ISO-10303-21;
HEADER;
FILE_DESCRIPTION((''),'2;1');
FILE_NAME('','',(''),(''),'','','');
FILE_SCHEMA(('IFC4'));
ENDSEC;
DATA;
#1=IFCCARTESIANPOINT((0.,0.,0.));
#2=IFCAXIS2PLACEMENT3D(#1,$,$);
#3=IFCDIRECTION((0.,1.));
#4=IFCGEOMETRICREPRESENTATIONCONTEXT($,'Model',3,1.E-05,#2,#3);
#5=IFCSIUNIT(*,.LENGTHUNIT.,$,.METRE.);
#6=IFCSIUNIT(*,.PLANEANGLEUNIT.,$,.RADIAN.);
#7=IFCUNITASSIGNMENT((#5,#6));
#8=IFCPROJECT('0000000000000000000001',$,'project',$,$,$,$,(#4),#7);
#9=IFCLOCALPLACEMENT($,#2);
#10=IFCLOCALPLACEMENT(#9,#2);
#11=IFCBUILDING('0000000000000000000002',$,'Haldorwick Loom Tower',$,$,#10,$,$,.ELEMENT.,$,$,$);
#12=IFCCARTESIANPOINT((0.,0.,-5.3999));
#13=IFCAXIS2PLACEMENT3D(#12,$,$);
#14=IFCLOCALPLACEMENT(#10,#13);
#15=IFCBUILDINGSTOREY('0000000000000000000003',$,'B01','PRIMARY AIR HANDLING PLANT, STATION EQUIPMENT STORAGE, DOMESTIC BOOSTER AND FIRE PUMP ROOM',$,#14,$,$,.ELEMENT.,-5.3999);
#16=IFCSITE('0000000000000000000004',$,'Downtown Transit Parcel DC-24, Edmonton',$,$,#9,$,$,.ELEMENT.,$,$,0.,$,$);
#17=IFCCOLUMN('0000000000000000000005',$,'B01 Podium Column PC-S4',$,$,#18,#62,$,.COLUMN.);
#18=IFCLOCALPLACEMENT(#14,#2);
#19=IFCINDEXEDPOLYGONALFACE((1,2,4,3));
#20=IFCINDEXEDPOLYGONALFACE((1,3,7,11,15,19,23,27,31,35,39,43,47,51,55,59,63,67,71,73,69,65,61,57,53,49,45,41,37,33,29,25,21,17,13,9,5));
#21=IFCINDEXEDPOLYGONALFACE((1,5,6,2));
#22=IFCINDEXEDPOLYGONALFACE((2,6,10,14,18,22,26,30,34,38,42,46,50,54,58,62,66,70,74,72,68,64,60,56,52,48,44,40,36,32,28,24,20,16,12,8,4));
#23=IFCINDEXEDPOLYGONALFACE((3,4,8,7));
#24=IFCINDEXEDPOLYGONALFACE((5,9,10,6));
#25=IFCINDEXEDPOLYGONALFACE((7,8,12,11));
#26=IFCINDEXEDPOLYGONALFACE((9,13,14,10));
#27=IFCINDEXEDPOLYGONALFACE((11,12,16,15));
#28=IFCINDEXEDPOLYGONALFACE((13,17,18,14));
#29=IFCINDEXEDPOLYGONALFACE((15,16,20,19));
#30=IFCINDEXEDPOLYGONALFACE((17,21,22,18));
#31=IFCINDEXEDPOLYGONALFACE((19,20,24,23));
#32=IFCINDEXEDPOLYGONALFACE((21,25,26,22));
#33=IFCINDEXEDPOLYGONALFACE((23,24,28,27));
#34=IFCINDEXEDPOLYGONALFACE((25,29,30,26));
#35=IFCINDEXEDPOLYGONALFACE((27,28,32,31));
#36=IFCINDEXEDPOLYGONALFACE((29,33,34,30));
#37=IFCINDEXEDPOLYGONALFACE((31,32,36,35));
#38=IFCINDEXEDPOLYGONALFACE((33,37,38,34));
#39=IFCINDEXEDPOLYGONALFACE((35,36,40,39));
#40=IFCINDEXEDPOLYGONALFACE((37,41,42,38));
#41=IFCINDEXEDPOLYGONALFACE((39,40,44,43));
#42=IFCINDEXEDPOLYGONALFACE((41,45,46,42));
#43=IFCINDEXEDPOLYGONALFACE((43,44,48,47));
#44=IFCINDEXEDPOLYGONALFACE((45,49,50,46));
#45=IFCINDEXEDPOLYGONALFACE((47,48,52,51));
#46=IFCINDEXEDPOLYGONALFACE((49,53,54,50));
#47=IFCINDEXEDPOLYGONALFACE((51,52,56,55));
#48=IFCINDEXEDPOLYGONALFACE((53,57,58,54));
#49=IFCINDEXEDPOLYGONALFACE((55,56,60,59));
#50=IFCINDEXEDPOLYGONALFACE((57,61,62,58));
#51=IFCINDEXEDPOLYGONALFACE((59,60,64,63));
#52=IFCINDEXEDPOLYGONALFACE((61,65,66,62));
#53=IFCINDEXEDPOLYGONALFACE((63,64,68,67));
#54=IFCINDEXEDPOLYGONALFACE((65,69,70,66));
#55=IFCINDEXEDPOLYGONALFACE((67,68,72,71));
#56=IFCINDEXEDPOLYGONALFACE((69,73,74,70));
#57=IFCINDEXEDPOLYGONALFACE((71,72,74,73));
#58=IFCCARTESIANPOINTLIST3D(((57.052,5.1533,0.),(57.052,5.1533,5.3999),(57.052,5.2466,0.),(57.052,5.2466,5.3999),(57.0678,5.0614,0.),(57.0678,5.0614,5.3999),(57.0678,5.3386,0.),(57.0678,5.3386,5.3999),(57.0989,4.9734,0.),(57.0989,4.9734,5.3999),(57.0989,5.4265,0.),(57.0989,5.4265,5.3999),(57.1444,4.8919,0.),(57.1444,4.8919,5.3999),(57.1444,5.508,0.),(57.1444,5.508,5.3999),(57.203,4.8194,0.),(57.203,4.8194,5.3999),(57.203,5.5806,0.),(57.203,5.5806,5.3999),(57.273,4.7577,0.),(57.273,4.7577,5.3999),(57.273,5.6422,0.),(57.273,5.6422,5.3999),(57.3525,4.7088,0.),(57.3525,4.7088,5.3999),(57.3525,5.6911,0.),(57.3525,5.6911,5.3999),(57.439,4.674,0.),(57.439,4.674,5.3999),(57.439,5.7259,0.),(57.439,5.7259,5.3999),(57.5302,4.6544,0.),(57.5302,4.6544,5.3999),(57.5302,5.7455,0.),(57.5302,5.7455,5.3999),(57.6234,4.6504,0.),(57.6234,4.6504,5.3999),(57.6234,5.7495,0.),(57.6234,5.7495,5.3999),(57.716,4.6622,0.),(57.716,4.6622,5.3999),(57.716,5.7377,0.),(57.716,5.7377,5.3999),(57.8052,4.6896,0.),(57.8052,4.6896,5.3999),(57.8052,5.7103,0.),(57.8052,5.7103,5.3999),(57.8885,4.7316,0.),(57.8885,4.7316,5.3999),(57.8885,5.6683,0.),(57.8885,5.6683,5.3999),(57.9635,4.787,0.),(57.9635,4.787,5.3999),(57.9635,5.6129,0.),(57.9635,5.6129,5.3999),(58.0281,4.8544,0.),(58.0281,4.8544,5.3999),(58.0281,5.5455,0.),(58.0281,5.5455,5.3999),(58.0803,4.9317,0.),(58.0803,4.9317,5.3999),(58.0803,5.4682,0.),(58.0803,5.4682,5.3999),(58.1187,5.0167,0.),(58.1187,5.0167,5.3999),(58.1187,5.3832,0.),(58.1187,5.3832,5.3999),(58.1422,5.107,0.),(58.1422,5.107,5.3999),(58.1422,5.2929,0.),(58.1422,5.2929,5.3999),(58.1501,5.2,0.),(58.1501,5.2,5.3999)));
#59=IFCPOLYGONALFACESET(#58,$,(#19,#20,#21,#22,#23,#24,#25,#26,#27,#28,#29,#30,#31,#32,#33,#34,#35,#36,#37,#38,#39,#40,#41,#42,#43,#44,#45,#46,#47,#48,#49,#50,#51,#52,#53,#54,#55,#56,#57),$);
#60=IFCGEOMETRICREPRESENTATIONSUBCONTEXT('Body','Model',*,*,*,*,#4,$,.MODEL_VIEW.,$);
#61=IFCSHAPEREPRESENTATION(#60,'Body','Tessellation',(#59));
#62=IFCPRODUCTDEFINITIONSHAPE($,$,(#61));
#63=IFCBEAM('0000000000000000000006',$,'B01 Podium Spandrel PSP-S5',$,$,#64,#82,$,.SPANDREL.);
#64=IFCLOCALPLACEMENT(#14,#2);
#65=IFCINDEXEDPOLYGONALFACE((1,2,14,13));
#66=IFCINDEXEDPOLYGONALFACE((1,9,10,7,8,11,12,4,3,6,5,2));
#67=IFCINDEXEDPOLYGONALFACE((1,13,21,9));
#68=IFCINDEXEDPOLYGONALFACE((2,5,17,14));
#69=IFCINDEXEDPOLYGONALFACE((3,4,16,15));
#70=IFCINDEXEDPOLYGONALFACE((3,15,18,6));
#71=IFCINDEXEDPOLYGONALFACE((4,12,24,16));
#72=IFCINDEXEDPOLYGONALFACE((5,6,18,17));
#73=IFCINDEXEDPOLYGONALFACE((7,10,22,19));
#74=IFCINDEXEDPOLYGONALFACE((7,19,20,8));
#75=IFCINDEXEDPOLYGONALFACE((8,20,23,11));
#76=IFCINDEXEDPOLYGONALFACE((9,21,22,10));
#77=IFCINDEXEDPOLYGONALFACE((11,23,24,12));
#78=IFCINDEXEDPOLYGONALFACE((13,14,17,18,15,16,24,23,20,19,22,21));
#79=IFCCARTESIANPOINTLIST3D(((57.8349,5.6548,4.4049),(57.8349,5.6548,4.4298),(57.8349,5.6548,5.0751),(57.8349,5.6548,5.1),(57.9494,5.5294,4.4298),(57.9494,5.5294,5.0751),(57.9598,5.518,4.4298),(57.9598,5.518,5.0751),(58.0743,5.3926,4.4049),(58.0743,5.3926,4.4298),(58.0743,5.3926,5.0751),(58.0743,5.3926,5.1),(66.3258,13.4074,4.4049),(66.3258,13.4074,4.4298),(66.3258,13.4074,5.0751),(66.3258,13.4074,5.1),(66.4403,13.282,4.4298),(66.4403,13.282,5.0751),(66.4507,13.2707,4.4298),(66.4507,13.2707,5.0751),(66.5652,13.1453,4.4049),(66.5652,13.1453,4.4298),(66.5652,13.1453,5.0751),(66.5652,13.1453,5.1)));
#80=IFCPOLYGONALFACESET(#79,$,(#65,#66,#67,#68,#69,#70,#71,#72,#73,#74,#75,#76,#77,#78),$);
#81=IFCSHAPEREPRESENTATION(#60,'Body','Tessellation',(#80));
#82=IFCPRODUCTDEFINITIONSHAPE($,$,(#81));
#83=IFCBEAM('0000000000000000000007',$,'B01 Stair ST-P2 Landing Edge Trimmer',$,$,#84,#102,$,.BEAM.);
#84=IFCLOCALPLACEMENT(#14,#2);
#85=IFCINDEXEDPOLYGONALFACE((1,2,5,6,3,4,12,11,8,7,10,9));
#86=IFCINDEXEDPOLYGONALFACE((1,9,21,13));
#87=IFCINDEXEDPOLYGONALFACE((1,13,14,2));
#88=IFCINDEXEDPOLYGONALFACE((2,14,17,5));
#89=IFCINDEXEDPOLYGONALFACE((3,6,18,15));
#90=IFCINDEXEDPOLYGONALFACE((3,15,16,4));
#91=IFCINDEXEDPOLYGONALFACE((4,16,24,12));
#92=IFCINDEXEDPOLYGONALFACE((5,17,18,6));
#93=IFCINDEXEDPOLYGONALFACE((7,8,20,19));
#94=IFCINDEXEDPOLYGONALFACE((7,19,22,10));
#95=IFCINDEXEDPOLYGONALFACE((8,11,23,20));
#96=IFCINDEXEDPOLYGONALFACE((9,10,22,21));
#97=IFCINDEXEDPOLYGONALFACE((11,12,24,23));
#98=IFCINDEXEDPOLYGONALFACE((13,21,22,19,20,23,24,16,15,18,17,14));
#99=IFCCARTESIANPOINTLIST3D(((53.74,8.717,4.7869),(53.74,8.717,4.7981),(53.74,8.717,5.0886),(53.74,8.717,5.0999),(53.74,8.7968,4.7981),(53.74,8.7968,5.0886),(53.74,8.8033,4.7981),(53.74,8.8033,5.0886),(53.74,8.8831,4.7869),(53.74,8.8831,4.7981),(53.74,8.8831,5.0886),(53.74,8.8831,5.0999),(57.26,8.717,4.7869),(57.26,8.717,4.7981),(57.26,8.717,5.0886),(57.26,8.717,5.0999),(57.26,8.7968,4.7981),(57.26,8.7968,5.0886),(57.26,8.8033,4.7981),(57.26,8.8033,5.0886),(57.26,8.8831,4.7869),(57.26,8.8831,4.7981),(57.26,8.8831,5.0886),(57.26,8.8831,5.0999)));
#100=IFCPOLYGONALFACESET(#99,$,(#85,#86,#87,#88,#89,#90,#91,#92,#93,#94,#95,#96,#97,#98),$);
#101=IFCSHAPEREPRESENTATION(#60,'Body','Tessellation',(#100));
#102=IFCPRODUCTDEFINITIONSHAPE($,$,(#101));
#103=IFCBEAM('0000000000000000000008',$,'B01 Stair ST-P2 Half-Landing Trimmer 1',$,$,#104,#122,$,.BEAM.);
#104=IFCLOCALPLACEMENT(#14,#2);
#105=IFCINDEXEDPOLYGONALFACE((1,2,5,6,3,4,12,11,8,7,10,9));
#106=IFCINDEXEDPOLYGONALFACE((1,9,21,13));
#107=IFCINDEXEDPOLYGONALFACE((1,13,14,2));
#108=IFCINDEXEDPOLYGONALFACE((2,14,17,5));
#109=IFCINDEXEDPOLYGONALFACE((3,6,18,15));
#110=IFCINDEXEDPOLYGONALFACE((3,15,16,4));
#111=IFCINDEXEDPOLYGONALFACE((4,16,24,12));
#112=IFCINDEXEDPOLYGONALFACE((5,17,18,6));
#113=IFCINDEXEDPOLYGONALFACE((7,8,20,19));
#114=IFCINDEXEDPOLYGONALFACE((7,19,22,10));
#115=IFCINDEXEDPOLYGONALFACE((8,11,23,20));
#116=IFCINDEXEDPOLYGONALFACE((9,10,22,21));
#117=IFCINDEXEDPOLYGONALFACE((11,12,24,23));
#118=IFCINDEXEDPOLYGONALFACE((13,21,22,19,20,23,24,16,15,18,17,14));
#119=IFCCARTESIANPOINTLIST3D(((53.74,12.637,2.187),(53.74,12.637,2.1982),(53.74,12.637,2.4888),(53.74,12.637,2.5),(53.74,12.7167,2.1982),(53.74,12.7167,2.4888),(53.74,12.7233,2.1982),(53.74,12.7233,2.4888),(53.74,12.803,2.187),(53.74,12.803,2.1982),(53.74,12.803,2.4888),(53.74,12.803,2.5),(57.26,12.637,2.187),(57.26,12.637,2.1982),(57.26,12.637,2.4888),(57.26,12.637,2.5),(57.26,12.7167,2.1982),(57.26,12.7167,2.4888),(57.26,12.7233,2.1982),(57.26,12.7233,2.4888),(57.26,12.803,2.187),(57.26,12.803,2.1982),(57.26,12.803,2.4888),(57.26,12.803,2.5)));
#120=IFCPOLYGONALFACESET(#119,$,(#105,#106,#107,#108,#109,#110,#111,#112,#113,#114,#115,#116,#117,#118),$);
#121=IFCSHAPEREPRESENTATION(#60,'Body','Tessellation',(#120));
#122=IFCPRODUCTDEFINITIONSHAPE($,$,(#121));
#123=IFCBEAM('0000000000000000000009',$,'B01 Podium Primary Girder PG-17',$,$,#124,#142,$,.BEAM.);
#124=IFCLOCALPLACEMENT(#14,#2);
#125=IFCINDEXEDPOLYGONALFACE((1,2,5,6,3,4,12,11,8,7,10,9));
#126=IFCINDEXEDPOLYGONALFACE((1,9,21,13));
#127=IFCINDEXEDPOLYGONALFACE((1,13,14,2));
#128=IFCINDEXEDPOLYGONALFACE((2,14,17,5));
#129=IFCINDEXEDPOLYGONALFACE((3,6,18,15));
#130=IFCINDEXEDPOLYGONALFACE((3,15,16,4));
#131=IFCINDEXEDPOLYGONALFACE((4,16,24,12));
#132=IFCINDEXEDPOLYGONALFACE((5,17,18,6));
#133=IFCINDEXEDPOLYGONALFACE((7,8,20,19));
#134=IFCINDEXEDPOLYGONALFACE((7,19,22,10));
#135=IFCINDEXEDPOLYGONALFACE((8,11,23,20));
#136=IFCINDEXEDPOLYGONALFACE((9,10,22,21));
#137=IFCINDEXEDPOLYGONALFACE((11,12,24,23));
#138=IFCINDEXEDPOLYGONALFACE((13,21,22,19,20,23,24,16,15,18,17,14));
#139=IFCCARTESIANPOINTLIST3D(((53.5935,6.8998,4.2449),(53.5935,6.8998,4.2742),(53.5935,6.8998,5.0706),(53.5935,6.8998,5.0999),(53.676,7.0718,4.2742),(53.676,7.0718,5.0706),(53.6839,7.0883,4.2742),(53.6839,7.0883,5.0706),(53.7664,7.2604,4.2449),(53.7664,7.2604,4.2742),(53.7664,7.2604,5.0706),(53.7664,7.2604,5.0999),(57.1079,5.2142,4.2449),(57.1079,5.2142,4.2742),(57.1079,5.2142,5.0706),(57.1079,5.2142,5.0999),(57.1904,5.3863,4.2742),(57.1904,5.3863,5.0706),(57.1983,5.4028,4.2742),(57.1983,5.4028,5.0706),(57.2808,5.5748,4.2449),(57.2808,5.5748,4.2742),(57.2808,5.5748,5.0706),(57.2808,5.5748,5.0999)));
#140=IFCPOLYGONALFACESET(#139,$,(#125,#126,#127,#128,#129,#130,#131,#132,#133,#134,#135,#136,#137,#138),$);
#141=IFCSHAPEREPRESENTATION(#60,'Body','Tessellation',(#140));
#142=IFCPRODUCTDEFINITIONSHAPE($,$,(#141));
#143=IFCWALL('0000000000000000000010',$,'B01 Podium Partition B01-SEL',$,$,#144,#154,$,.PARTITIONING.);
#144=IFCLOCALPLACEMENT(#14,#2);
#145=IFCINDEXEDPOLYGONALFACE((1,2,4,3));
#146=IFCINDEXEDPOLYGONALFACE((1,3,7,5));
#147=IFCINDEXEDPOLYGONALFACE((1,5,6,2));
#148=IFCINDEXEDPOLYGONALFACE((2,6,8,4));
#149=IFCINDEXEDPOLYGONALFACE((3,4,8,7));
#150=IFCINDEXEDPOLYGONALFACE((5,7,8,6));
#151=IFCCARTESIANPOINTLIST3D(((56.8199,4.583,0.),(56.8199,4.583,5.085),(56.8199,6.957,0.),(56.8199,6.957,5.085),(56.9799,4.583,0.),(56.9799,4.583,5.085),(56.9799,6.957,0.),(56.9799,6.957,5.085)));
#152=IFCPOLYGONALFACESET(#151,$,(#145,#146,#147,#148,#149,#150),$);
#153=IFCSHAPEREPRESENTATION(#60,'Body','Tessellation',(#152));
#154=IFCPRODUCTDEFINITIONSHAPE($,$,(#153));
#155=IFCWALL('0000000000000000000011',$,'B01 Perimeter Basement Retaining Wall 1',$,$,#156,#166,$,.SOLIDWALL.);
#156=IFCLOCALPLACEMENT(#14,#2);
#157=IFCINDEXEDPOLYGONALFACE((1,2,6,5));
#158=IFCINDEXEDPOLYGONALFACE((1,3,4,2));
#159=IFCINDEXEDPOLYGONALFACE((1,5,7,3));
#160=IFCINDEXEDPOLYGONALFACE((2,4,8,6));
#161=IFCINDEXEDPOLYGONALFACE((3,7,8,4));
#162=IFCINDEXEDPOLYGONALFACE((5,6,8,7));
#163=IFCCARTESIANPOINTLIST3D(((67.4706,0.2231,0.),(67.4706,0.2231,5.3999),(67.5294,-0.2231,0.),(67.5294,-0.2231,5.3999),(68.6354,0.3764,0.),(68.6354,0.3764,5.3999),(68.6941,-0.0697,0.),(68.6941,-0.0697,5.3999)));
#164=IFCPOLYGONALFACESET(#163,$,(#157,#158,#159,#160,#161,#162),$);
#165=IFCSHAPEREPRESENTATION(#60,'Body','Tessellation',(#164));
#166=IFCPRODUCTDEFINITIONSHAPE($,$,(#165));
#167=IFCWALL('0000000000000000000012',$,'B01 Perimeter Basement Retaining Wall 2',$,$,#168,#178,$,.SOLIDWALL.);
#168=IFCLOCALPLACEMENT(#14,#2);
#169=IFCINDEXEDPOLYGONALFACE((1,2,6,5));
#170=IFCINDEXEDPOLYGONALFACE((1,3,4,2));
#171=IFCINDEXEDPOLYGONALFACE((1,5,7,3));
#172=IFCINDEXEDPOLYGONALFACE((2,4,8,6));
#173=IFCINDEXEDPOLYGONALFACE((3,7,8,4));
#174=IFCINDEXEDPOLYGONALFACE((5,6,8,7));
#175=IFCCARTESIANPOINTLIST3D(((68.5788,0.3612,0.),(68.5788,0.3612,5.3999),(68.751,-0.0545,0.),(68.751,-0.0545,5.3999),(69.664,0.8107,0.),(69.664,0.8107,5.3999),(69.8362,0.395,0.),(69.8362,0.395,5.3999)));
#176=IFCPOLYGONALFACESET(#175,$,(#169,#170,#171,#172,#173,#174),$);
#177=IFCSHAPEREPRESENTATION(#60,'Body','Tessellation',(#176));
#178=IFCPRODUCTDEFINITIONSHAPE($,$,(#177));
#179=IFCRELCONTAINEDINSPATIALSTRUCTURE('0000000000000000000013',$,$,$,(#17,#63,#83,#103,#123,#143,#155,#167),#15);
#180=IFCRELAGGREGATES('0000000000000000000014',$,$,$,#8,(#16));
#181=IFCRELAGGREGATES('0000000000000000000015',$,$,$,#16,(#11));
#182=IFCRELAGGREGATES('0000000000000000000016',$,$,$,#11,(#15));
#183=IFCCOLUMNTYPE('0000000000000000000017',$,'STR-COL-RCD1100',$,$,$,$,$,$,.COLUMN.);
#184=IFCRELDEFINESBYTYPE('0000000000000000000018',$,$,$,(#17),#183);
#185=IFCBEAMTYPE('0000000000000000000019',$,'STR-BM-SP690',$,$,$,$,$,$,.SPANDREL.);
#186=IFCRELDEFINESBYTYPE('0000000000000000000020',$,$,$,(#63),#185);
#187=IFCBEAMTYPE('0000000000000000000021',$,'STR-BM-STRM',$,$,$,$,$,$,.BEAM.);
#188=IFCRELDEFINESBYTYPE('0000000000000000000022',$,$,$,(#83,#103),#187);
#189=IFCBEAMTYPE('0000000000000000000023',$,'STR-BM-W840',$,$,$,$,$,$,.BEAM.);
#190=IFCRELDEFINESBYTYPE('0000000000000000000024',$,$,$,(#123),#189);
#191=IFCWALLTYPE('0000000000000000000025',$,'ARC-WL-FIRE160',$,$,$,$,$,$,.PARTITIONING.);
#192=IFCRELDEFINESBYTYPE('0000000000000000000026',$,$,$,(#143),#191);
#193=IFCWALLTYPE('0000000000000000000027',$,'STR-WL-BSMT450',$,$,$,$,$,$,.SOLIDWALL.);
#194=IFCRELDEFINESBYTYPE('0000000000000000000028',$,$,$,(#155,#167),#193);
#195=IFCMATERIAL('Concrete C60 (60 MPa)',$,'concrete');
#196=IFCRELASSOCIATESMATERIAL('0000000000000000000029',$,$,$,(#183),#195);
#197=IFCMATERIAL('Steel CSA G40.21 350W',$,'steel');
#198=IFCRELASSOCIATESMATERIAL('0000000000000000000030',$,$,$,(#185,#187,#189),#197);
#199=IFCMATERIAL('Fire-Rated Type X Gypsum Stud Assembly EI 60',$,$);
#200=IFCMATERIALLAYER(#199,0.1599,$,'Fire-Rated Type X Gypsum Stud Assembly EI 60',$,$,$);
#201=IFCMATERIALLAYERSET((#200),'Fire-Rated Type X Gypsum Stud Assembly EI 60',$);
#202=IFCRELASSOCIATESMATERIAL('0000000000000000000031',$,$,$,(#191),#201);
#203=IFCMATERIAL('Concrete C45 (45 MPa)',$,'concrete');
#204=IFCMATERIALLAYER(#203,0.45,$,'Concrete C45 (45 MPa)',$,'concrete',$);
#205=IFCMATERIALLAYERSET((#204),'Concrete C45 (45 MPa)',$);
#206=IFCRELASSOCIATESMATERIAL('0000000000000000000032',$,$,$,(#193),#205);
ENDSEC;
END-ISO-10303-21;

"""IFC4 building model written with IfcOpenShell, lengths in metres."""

from ifc_helpers import new_model, si_unit, direction, frame, frame_2d, origin, origin_2d, place, context, subcontext, project, spatial, rectangle, circle, i_section, extrude, material, layer, layer_set, material_profile, profile_set, type_object, element, save


model = new_model("IFC4")

# Units and contexts
model_context = context("Model", 3, precision=1e-05, world=origin(), true_north=direction((0.0, 1.0)))
body_context = subcontext(model_context, "Body", "Model", "MODEL_VIEW")
ifc_project = project(units=[si_unit("LENGTHUNIT", "METRE"), si_unit("PLANEANGLEUNIT", "RADIAN")], contexts=[model_context])

# Site, building, storey
site_placement = place(None, origin())
site = spatial("IfcSite", under=ifc_project, at=site_placement, Name="Downtown Transit Parcel DC-24, Edmonton", CompositionType="ELEMENT", RefElevation=0.0)
building_placement = place(site_placement, origin())
building = spatial("IfcBuilding", under=site, at=building_placement, Name="Haldorwick Loom Tower", CompositionType="ELEMENT")
storey_placement = place(building_placement, frame((0.0, 0.0, -5.3999)))
storey = spatial("IfcBuildingStorey", under=building, at=storey_placement, Name="B01", Description="PRIMARY AIR HANDLING PLANT, STATION EQUIPMENT STORAGE, DOMESTIC BOOSTER AND FIRE PUMP ROOM", CompositionType="ELEMENT", Elevation=-5.3999)

# Shared definitions
ifc_material_1 = material(Name="Concrete C45 (45 MPa)", Category="concrete")

# Column
ifc_material_2 = material(Name="Concrete C60 (60 MPa)", Category="concrete")
ifc_material_profile_1 = material_profile(ifc_material_2, circle(Radius=0.55, at=origin_2d()), Name="RCD1100", Category="concrete")
ifc_profile_set_1 = profile_set([ifc_material_profile_1], Name="Concrete C60 (60 MPa)")
column_type = type_object("IfcColumnType", Name="STR-COL-RCD1100", PredefinedType="COLUMN", material=ifc_profile_set_1)
column_placement = place(storey_placement, frame((57.6001, 5.2, 0.0), z_axis=(0.0, 0.0, 1.0), x_axis=(1.0, 0.0, 0.0)))
element("IfcColumn", 1, at=column_placement, inside=storey, type_object=column_type, Name="B01 Podium Column PC-S4", PredefinedType="COLUMN", context=body_context, shape_type="SweptSolid", body=[
    extrude(circle(Radius=0.55, at=origin_2d()), origin(), (0.0, 0.0, 1.0), 5.3999),
])

# Beams
ifc_material_3 = material(Name="Steel CSA G40.21 350W", Category="steel")
ifc_material_profile_2 = material_profile(ifc_material_3, i_section(OverallWidth=0.355, OverallDepth=0.6951, WebThickness=0.0154, FlangeThickness=0.0249, at=origin_2d()), Name="W690X217", Category="steel")
ifc_profile_set_2 = profile_set([ifc_material_profile_2], Name="Steel CSA G40.21 350W")
beam_type_1 = type_object("IfcBeamType", Name="STR-BM-SP690", PredefinedType="SPANDREL", material=ifc_profile_set_2)
beam_1_placement = place(storey_placement, frame((57.9546, 5.5237, 4.7524), z_axis=(0.738483, 0.674272, 0.0), x_axis=(-0.674272, 0.738483, 0.0)))
element("IfcBeam", 2, at=beam_1_placement, inside=storey, type_object=beam_type_1, Name="B01 Podium Spandrel PSP-S5", PredefinedType="SPANDREL", context=body_context, shape_type="SweptSolid", body=[
    extrude(i_section(OverallWidth=0.355, OverallDepth=0.6951, WebThickness=0.0154, FlangeThickness=0.0249, at=origin_2d()), origin(), (0.0, 0.0, 1.0), 11.4978),
])
ifc_material_profile_3 = material_profile(ifc_material_3, i_section(OverallWidth=0.166, OverallDepth=0.313, WebThickness=0.0066, FlangeThickness=0.0112, at=origin_2d()), Name="W310X45", Category="steel")
ifc_profile_set_3 = profile_set([ifc_material_profile_3], Name="Steel CSA G40.21 350W")
beam_type_2 = type_object("IfcBeamType", Name="STR-BM-STRM", PredefinedType="BEAM", material=ifc_profile_set_3)
for number, where, z_axis, x_axis, name in (
    (3, (53.74, 8.8, 4.9434), (1.0, 0.0, 0.0), (0.0, 1.0, 0.0), "B01 Stair ST-P2 Landing Edge Trimmer"),
    (4, (53.74, 12.72, 2.3435), (1.0, 0.0, 0.0), (0.0, 1.0, 0.0), "B01 Stair ST-P2 Half-Landing Trimmer 1"),
):
    element("IfcBeam", number, at=place(storey_placement, frame(where, z_axis=z_axis, x_axis=x_axis)), inside=storey, type_object=beam_type_2, Name=name, PredefinedType="BEAM", context=body_context, shape_type="SweptSolid", body=[
        extrude(i_section(OverallWidth=0.166, OverallDepth=0.313, WebThickness=0.0066, FlangeThickness=0.0112, at=origin_2d()), origin(), (0.0, 0.0, 1.0), 3.52),
    ])
ifc_material_profile_4 = material_profile(ifc_material_3, i_section(OverallWidth=0.3999, OverallDepth=0.855, WebThickness=0.0183, FlangeThickness=0.0293, at=origin_2d()), Name="W840X299", Category="steel")
ifc_profile_set_4 = profile_set([ifc_material_profile_4], Name="Steel CSA G40.21 350W")
beam_type_3 = type_object("IfcBeamType", Name="STR-BM-W840", PredefinedType="BEAM", material=ifc_profile_set_4)
beam_2_placement = place(storey_placement, frame((57.1943, 5.3945, 4.6724), z_axis=(-0.90166, 0.432446, 0.0), x_axis=(-0.432446, -0.90166, 0.0)))
element("IfcBeam", 5, at=beam_2_placement, inside=storey, type_object=beam_type_3, Name="B01 Podium Primary Girder PG-17", PredefinedType="BEAM", context=body_context, shape_type="SweptSolid", body=[
    extrude(i_section(OverallWidth=0.3999, OverallDepth=0.855, WebThickness=0.0183, FlangeThickness=0.0293, at=origin_2d()), origin(), (0.0, 0.0, 1.0), 3.8977),
])

# Walls
ifc_material_4 = material(Name="Fire-Rated Type X Gypsum Stud Assembly EI 60")
ifc_layer_1 = layer(ifc_material_4, 0.1599, Name="Fire-Rated Type X Gypsum Stud Assembly EI 60")
ifc_layer_set_1 = layer_set([ifc_layer_1], Name="Fire-Rated Type X Gypsum Stud Assembly EI 60")
wall_type_1 = type_object("IfcWallType", Name="ARC-WL-FIRE160", PredefinedType="PARTITIONING", material=ifc_layer_set_1)
wall_1_placement = place(storey_placement, frame((56.8999, 4.583, 0.0), z_axis=(0.0, 0.0, 1.0), x_axis=(0.0, 1.0, 0.0)))
element("IfcWall", 6, at=wall_1_placement, inside=storey, type_object=wall_type_1, Name="B01 Podium Partition B01-SEL", PredefinedType="PARTITIONING", context=body_context, shape_type="SweptSolid", body=[
    extrude(rectangle(XDim=2.374, YDim=0.1599, at=frame_2d((1.187, 0.0))), origin(), (0.0, 0.0, 1.0), 5.085),
])
ifc_layer_2 = layer(ifc_material_1, 0.45, Name="Concrete C45 (45 MPa)", Category="concrete")
ifc_layer_set_2 = layer_set([ifc_layer_2], Name="Concrete C45 (45 MPa)")
wall_type_2 = type_object("IfcWallType", Name="STR-WL-BSMT450", PredefinedType="SOLIDWALL", material=ifc_layer_set_2)
wall_2_placement = place(storey_placement, frame((67.5, 0.0, 0.0), z_axis=(0.0, 0.0, 1.0), x_axis=(0.991448, 0.130503, 0.0)))
element("IfcWall", 7, at=wall_2_placement, inside=storey, type_object=wall_type_2, Name="B01 Perimeter Basement Retaining Wall 1", PredefinedType="SOLIDWALL", context=body_context, shape_type="SweptSolid", body=[
    extrude(rectangle(XDim=1.1748, YDim=0.45, at=frame_2d((0.5874, 0.0))), origin(), (0.0, 0.0, 1.0), 5.3999),
])
wall_3_placement = place(storey_placement, frame((68.6648, 0.1533, 0.0), z_axis=(0.0, 0.0, 1.0), x_axis=(0.923893, 0.382652, 0.0)))
element("IfcWall", 8, at=wall_3_placement, inside=storey, type_object=wall_type_2, Name="B01 Perimeter Basement Retaining Wall 2", PredefinedType="SOLIDWALL", context=body_context, shape_type="SweptSolid", body=[
    extrude(rectangle(XDim=1.1746, YDim=0.45, at=frame_2d((0.5874, 0.0))), origin(), (0.0, 0.0, 1.0), 5.3999),
])

save(model, "model.ifc")
